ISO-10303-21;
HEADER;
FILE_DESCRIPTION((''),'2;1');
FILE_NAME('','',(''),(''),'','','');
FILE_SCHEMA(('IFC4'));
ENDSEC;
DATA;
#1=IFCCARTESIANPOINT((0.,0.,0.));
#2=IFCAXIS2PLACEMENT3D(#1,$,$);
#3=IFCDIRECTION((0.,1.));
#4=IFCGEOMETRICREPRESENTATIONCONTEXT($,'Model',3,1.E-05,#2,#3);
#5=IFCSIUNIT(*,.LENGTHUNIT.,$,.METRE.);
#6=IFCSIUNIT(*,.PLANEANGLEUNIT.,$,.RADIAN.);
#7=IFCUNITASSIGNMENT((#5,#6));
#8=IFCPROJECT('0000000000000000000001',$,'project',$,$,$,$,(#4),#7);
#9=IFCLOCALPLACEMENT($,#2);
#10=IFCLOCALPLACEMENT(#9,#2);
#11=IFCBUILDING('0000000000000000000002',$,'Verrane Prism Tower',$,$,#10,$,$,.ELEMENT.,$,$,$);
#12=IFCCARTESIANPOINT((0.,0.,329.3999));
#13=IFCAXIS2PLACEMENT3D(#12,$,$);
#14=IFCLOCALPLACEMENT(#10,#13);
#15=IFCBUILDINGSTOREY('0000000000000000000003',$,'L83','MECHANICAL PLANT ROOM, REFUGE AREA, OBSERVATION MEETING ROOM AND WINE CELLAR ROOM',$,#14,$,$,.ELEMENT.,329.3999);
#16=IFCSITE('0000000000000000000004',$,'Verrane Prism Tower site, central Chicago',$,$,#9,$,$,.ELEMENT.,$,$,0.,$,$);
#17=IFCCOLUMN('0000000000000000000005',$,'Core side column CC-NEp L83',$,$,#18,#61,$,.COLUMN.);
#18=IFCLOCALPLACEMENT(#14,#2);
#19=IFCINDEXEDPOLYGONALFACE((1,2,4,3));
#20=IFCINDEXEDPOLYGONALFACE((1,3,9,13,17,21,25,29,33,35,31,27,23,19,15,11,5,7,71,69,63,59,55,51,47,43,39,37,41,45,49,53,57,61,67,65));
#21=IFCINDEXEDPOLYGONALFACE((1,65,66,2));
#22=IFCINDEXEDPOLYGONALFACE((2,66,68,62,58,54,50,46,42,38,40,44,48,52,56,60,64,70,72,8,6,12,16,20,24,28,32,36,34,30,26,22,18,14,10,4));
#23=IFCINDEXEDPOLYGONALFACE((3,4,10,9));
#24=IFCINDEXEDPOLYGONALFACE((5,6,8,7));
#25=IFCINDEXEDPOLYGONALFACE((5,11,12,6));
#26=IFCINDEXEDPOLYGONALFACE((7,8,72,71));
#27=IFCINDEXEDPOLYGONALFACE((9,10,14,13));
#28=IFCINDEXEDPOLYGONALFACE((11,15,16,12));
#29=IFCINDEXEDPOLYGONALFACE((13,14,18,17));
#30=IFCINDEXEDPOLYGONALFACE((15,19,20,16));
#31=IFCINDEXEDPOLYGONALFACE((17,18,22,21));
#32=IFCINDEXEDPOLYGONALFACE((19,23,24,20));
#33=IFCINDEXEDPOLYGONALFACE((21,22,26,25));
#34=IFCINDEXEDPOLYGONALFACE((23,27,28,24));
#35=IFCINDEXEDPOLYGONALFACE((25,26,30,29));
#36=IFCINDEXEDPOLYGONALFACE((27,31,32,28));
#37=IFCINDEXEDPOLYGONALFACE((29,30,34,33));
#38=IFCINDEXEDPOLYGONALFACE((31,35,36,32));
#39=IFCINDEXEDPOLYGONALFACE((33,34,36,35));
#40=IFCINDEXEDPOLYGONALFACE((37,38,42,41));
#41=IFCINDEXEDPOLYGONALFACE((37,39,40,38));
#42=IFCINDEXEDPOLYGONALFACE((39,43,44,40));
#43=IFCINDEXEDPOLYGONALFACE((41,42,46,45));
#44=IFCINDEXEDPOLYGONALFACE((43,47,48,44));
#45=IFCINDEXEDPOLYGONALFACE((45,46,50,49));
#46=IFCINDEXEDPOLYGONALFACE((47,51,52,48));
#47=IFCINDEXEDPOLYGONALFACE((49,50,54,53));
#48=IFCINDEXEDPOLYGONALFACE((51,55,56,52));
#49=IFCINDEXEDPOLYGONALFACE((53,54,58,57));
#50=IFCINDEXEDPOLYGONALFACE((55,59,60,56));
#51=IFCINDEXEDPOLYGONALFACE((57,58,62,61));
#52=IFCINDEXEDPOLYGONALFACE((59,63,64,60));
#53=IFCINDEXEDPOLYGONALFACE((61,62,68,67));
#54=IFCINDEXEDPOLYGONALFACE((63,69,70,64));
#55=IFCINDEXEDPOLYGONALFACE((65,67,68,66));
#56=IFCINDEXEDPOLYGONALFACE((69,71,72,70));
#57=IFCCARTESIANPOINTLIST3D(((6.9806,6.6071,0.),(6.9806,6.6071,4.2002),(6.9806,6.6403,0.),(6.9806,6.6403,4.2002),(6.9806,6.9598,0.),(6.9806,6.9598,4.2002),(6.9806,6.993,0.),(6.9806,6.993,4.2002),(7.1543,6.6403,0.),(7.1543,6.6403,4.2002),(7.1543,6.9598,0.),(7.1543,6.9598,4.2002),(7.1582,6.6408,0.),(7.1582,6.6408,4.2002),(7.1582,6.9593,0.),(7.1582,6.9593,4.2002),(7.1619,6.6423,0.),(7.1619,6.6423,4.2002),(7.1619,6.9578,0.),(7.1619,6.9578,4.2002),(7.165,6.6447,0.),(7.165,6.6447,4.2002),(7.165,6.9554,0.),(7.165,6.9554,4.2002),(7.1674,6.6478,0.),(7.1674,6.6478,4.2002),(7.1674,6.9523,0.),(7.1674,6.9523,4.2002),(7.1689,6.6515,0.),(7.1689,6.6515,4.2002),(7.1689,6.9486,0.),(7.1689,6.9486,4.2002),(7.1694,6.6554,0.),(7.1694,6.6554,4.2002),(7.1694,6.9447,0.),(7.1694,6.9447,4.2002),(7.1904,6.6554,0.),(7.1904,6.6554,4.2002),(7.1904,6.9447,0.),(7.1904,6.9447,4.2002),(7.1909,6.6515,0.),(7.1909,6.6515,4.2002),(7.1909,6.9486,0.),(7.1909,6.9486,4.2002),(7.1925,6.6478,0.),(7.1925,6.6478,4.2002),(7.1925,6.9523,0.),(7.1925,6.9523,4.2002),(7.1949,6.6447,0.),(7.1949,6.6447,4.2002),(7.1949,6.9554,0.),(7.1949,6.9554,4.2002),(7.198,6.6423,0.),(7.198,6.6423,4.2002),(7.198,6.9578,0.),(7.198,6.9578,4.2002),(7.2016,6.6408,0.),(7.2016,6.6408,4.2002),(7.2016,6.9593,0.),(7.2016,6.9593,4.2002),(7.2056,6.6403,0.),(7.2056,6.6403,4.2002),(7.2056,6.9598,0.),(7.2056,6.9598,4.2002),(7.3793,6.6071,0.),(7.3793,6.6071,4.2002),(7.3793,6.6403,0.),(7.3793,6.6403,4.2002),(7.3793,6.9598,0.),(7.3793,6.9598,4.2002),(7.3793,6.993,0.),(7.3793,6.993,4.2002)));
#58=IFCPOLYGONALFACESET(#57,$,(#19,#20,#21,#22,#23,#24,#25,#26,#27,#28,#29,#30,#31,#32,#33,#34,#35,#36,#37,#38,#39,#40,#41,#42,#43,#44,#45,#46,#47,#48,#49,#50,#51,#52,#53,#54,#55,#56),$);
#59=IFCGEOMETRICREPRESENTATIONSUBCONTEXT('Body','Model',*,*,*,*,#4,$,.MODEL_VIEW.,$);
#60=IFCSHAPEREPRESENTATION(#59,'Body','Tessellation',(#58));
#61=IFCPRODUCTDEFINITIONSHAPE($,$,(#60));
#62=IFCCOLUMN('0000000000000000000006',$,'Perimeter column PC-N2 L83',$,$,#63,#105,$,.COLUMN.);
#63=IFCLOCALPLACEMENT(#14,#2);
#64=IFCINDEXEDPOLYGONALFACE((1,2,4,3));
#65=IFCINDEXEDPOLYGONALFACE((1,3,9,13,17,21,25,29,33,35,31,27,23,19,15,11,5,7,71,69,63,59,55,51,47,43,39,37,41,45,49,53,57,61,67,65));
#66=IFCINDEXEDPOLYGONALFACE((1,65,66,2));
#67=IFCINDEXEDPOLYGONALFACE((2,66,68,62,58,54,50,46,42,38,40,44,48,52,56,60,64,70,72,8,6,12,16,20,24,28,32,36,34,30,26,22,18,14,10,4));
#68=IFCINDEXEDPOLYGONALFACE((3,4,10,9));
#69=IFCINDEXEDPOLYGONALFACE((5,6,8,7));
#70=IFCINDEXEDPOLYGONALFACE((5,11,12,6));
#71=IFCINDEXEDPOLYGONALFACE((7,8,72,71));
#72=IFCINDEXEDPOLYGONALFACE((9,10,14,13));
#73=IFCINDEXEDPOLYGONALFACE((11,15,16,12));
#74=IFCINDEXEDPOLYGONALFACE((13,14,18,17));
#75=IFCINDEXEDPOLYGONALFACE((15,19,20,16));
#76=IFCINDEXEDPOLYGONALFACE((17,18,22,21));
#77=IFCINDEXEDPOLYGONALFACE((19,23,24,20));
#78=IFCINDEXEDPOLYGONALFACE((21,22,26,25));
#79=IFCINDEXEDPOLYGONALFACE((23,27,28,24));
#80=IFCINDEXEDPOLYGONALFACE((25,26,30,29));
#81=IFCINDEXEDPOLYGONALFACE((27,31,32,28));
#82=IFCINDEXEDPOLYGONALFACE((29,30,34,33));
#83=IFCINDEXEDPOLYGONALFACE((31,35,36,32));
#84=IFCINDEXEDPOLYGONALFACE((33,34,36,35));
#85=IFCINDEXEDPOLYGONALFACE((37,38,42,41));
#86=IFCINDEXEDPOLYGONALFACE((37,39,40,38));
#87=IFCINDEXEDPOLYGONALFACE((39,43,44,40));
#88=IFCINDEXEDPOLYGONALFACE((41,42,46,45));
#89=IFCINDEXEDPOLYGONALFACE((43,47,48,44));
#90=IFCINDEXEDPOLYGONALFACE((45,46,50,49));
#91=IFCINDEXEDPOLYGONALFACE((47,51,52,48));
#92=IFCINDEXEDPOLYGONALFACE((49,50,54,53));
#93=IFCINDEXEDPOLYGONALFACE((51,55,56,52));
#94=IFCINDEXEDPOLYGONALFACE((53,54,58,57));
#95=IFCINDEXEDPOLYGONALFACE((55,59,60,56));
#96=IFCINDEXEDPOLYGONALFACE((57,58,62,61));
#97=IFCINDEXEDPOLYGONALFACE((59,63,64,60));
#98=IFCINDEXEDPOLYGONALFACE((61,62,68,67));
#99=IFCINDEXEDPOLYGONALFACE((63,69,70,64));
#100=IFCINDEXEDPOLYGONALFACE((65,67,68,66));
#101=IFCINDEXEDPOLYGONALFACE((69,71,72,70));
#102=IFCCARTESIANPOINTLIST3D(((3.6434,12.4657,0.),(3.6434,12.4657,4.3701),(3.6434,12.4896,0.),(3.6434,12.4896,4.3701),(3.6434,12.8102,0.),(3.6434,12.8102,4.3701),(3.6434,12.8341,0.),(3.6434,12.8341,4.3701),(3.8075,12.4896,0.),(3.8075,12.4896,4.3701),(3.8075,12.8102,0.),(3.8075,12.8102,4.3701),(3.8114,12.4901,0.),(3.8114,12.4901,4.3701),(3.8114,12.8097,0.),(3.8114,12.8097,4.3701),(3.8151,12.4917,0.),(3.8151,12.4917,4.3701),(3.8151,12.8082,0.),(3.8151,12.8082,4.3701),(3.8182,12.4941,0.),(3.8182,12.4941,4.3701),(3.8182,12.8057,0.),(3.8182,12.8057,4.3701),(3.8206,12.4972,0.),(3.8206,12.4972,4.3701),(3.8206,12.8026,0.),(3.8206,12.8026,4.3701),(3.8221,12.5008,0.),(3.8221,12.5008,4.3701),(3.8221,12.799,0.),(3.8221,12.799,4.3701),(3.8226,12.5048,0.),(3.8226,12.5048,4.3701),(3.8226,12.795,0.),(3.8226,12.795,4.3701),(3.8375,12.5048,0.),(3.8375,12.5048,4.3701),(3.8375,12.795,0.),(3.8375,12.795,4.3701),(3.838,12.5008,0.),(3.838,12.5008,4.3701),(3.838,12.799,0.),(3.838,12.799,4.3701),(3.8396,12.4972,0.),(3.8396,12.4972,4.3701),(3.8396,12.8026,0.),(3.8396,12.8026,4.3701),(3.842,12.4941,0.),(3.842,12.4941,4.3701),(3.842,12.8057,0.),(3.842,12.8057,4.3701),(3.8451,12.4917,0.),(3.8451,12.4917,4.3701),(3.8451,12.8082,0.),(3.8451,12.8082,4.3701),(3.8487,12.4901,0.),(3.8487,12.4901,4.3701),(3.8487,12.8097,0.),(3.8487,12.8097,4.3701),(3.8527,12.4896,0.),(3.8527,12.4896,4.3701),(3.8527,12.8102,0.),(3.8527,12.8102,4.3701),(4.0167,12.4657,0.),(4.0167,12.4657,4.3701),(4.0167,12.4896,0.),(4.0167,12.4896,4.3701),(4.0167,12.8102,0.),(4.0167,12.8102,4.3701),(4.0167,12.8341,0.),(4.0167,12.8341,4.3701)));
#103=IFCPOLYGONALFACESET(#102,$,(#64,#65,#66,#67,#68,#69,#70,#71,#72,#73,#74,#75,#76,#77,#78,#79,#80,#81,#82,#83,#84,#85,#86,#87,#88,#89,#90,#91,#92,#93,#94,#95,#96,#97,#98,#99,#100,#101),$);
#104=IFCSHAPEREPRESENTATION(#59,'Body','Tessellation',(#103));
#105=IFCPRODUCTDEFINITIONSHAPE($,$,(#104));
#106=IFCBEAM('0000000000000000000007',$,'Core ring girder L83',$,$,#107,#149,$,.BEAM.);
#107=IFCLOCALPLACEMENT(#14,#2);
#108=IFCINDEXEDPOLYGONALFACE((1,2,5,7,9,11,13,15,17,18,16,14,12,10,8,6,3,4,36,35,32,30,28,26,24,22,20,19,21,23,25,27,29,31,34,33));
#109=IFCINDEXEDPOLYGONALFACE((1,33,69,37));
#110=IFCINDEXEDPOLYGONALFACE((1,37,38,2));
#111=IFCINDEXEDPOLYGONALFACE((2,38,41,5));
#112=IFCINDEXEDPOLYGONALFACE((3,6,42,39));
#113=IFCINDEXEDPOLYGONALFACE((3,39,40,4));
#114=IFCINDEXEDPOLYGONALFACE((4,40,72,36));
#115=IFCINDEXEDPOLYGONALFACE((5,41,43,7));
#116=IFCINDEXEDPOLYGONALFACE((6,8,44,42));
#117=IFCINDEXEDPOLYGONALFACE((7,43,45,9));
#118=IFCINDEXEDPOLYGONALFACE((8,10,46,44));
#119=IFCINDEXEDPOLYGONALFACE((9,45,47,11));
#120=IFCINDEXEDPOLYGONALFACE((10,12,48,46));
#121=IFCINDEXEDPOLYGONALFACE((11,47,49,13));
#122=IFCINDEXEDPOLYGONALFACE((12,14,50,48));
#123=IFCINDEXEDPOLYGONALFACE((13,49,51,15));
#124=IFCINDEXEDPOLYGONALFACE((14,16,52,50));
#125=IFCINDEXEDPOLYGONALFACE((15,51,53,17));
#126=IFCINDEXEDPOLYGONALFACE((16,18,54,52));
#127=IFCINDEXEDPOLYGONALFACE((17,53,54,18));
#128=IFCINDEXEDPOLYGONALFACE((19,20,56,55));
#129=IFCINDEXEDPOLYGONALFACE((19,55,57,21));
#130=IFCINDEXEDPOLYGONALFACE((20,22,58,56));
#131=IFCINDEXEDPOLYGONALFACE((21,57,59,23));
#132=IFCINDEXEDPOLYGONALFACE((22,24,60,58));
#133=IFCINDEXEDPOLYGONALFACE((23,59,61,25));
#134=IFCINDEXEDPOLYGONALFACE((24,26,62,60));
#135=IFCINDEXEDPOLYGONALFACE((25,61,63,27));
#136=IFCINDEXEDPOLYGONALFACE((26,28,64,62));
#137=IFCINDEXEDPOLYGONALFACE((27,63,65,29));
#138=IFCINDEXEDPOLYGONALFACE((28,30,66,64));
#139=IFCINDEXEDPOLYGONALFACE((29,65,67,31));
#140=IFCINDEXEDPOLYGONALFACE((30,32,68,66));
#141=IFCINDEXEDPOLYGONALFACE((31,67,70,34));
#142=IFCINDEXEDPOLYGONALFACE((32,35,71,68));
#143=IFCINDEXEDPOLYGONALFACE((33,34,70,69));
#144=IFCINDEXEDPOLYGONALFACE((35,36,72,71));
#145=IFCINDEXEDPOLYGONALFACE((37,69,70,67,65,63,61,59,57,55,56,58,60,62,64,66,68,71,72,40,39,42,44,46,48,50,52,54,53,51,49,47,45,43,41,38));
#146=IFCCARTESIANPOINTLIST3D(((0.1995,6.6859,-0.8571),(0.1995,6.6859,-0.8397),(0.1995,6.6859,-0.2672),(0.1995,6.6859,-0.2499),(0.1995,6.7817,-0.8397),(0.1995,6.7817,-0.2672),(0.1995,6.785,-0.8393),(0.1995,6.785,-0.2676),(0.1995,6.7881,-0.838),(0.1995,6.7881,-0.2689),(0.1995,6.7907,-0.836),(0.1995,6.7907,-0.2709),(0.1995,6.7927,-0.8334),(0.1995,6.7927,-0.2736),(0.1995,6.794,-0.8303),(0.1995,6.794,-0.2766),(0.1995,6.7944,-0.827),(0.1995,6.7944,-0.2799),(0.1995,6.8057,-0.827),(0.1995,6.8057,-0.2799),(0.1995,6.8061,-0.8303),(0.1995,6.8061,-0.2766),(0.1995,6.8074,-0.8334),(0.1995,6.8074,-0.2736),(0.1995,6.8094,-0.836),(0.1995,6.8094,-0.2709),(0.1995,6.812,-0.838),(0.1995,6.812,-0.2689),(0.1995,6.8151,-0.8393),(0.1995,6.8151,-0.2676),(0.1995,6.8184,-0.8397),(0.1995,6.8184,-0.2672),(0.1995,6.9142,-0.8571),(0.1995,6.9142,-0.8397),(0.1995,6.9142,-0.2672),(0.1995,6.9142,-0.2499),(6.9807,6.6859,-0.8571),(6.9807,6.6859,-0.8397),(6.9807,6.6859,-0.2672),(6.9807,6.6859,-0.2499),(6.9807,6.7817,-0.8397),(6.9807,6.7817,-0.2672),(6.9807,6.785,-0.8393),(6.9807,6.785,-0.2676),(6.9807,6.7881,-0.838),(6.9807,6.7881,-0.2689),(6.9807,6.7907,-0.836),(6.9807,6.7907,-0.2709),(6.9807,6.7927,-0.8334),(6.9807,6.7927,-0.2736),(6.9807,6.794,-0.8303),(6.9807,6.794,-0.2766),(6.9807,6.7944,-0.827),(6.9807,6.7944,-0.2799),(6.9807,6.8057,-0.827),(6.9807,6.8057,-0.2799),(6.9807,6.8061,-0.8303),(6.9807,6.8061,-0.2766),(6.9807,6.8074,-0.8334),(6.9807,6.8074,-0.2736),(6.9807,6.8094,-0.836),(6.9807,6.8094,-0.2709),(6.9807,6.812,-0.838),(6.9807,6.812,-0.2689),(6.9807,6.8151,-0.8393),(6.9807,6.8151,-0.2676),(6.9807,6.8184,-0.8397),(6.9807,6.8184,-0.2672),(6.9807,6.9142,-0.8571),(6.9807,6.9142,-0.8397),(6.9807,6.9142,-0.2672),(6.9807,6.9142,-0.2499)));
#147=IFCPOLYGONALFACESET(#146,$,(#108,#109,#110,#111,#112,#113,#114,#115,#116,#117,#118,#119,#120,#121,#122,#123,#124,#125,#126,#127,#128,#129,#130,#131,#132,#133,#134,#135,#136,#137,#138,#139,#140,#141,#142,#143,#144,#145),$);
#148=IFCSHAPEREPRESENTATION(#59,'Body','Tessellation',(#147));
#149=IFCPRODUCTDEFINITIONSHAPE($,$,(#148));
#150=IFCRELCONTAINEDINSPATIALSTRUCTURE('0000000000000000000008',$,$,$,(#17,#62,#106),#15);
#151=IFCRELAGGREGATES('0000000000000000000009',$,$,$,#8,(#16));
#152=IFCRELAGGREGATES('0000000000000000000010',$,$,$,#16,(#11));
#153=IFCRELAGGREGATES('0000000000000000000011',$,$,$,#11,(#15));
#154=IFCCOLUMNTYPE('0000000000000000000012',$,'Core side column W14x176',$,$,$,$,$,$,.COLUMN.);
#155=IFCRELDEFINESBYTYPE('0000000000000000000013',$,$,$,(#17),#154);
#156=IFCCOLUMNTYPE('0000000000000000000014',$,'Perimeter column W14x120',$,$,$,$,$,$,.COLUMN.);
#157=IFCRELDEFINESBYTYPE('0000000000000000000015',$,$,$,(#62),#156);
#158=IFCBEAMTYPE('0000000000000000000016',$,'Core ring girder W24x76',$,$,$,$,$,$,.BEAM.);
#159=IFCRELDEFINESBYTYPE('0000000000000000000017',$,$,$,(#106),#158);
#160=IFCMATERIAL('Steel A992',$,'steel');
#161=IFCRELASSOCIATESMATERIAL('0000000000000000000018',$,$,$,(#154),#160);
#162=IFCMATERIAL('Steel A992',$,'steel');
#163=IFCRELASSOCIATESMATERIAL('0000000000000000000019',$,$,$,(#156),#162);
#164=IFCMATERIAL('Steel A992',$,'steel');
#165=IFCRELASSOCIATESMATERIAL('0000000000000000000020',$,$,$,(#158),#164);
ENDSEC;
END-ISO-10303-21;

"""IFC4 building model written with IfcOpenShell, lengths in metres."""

from ifc_helpers import new_model, si_unit, direction, frame, origin, origin_2d, place, context, subcontext, project, spatial, i_section, extrude, material, material_profile, profile_set, type_object, element, save


model = new_model("IFC4")

# Units and contexts
model_context = context("Model", 3, precision=1e-05, world=origin(), true_north=direction((0.0, 1.0)))
body_context = subcontext(model_context, "Body", "Model", "MODEL_VIEW")
ifc_project = project(units=[si_unit("LENGTHUNIT", "METRE"), si_unit("PLANEANGLEUNIT", "RADIAN")], contexts=[model_context])

# Site, building, storey
site_placement = place(None, origin())
site = spatial("IfcSite", under=ifc_project, at=site_placement, Name="Verrane Prism Tower site, central Chicago", CompositionType="ELEMENT", RefElevation=0.0)
building_placement = place(site_placement, origin())
building = spatial("IfcBuilding", under=site, at=building_placement, Name="Verrane Prism Tower", CompositionType="ELEMENT")
storey_placement = place(building_placement, frame((0.0, 0.0, 329.3999)))
storey = spatial("IfcBuildingStorey", under=building, at=storey_placement, Name="L83", Description="MECHANICAL PLANT ROOM, REFUGE AREA, OBSERVATION MEETING ROOM AND WINE CELLAR ROOM", CompositionType="ELEMENT", Elevation=329.3999)

# Columns
ifc_material_1 = material(Name="Steel A992", Category="steel")
ifc_material_profile_1 = material_profile(ifc_material_1, i_section(OverallWidth=0.3987, OverallDepth=0.386, WebThickness=0.021, FlangeThickness=0.0332, FilletRadius=0.0151, at=origin_2d()), Name="W14x176")
ifc_profile_set_1 = profile_set([ifc_material_profile_1], Name="Steel A992")
column_type_1 = type_object("IfcColumnType", Name="Core side column W14x176", PredefinedType="COLUMN", material=ifc_profile_set_1)
column_1_placement = place(storey_placement, frame((7.1799, 6.8, 0.0), z_axis=(0.0, 0.0, 1.0), x_axis=(1.0, 0.0, 0.0)))
element("IfcColumn", 1, at=column_1_placement, inside=storey, type_object=column_type_1, Name="Core side column CC-NEp L83", PredefinedType="COLUMN", context=body_context, shape_type="SweptSolid", body=[
    extrude(i_section(OverallWidth=0.3987, OverallDepth=0.386, WebThickness=0.021, FlangeThickness=0.0332, FilletRadius=0.0151, at=origin_2d()), origin(), (0.0, 0.0, 1.0), 4.2002),
])
ifc_material_2 = material(Name="Steel A992", Category="steel")
ifc_material_profile_2 = material_profile(ifc_material_2, i_section(OverallWidth=0.3733, OverallDepth=0.3684, WebThickness=0.0149, FlangeThickness=0.0239, FilletRadius=0.0151, at=origin_2d()), Name="W14x120")
ifc_profile_set_2 = profile_set([ifc_material_profile_2], Name="Steel A992")
column_type_2 = type_object("IfcColumnType", Name="Perimeter column W14x120", PredefinedType="COLUMN", material=ifc_profile_set_2)
column_2_placement = place(storey_placement, frame((3.8301, 12.6499, 0.0), z_axis=(0.0, 0.0, 1.0), x_axis=(1.0, 0.0, 0.0)))
element("IfcColumn", 2, at=column_2_placement, inside=storey, type_object=column_type_2, Name="Perimeter column PC-N2 L83", PredefinedType="COLUMN", context=body_context, shape_type="SweptSolid", body=[
    extrude(i_section(OverallWidth=0.3733, OverallDepth=0.3684, WebThickness=0.0149, FlangeThickness=0.0239, FilletRadius=0.0151, at=origin_2d()), origin(), (0.0, 0.0, 1.0), 4.3701),
])

# Beam
ifc_material_3 = material(Name="Steel A992", Category="steel")
ifc_material_profile_3 = material_profile(ifc_material_3, i_section(OverallWidth=0.2283, OverallDepth=0.6072, WebThickness=0.0112, FlangeThickness=0.0173, FilletRadius=0.0127, at=origin_2d()), Name="W24x76")
ifc_profile_set_3 = profile_set([ifc_material_profile_3], Name="Steel A992")
beam_type_1 = type_object("IfcBeamType", Name="Core ring girder W24x76", PredefinedType="BEAM", material=ifc_profile_set_3)
beam_1_placement = place(storey_placement, frame((6.9807, 6.8, -0.5535), z_axis=(-1.0, 0.0, 0.0), x_axis=(0.0, -1.0, 0.0)))
element("IfcBeam", 3, at=beam_1_placement, inside=storey, type_object=beam_type_1, Name="Core ring girder L83", PredefinedType="BEAM", context=body_context, shape_type="SweptSolid", body=[
    extrude(i_section(OverallWidth=0.2283, OverallDepth=0.6072, WebThickness=0.0112, FlangeThickness=0.0173, FilletRadius=0.0127, at=origin_2d()), origin(), (0.0, 0.0, 1.0), 6.7812),
])

save(model, "model.ifc")
